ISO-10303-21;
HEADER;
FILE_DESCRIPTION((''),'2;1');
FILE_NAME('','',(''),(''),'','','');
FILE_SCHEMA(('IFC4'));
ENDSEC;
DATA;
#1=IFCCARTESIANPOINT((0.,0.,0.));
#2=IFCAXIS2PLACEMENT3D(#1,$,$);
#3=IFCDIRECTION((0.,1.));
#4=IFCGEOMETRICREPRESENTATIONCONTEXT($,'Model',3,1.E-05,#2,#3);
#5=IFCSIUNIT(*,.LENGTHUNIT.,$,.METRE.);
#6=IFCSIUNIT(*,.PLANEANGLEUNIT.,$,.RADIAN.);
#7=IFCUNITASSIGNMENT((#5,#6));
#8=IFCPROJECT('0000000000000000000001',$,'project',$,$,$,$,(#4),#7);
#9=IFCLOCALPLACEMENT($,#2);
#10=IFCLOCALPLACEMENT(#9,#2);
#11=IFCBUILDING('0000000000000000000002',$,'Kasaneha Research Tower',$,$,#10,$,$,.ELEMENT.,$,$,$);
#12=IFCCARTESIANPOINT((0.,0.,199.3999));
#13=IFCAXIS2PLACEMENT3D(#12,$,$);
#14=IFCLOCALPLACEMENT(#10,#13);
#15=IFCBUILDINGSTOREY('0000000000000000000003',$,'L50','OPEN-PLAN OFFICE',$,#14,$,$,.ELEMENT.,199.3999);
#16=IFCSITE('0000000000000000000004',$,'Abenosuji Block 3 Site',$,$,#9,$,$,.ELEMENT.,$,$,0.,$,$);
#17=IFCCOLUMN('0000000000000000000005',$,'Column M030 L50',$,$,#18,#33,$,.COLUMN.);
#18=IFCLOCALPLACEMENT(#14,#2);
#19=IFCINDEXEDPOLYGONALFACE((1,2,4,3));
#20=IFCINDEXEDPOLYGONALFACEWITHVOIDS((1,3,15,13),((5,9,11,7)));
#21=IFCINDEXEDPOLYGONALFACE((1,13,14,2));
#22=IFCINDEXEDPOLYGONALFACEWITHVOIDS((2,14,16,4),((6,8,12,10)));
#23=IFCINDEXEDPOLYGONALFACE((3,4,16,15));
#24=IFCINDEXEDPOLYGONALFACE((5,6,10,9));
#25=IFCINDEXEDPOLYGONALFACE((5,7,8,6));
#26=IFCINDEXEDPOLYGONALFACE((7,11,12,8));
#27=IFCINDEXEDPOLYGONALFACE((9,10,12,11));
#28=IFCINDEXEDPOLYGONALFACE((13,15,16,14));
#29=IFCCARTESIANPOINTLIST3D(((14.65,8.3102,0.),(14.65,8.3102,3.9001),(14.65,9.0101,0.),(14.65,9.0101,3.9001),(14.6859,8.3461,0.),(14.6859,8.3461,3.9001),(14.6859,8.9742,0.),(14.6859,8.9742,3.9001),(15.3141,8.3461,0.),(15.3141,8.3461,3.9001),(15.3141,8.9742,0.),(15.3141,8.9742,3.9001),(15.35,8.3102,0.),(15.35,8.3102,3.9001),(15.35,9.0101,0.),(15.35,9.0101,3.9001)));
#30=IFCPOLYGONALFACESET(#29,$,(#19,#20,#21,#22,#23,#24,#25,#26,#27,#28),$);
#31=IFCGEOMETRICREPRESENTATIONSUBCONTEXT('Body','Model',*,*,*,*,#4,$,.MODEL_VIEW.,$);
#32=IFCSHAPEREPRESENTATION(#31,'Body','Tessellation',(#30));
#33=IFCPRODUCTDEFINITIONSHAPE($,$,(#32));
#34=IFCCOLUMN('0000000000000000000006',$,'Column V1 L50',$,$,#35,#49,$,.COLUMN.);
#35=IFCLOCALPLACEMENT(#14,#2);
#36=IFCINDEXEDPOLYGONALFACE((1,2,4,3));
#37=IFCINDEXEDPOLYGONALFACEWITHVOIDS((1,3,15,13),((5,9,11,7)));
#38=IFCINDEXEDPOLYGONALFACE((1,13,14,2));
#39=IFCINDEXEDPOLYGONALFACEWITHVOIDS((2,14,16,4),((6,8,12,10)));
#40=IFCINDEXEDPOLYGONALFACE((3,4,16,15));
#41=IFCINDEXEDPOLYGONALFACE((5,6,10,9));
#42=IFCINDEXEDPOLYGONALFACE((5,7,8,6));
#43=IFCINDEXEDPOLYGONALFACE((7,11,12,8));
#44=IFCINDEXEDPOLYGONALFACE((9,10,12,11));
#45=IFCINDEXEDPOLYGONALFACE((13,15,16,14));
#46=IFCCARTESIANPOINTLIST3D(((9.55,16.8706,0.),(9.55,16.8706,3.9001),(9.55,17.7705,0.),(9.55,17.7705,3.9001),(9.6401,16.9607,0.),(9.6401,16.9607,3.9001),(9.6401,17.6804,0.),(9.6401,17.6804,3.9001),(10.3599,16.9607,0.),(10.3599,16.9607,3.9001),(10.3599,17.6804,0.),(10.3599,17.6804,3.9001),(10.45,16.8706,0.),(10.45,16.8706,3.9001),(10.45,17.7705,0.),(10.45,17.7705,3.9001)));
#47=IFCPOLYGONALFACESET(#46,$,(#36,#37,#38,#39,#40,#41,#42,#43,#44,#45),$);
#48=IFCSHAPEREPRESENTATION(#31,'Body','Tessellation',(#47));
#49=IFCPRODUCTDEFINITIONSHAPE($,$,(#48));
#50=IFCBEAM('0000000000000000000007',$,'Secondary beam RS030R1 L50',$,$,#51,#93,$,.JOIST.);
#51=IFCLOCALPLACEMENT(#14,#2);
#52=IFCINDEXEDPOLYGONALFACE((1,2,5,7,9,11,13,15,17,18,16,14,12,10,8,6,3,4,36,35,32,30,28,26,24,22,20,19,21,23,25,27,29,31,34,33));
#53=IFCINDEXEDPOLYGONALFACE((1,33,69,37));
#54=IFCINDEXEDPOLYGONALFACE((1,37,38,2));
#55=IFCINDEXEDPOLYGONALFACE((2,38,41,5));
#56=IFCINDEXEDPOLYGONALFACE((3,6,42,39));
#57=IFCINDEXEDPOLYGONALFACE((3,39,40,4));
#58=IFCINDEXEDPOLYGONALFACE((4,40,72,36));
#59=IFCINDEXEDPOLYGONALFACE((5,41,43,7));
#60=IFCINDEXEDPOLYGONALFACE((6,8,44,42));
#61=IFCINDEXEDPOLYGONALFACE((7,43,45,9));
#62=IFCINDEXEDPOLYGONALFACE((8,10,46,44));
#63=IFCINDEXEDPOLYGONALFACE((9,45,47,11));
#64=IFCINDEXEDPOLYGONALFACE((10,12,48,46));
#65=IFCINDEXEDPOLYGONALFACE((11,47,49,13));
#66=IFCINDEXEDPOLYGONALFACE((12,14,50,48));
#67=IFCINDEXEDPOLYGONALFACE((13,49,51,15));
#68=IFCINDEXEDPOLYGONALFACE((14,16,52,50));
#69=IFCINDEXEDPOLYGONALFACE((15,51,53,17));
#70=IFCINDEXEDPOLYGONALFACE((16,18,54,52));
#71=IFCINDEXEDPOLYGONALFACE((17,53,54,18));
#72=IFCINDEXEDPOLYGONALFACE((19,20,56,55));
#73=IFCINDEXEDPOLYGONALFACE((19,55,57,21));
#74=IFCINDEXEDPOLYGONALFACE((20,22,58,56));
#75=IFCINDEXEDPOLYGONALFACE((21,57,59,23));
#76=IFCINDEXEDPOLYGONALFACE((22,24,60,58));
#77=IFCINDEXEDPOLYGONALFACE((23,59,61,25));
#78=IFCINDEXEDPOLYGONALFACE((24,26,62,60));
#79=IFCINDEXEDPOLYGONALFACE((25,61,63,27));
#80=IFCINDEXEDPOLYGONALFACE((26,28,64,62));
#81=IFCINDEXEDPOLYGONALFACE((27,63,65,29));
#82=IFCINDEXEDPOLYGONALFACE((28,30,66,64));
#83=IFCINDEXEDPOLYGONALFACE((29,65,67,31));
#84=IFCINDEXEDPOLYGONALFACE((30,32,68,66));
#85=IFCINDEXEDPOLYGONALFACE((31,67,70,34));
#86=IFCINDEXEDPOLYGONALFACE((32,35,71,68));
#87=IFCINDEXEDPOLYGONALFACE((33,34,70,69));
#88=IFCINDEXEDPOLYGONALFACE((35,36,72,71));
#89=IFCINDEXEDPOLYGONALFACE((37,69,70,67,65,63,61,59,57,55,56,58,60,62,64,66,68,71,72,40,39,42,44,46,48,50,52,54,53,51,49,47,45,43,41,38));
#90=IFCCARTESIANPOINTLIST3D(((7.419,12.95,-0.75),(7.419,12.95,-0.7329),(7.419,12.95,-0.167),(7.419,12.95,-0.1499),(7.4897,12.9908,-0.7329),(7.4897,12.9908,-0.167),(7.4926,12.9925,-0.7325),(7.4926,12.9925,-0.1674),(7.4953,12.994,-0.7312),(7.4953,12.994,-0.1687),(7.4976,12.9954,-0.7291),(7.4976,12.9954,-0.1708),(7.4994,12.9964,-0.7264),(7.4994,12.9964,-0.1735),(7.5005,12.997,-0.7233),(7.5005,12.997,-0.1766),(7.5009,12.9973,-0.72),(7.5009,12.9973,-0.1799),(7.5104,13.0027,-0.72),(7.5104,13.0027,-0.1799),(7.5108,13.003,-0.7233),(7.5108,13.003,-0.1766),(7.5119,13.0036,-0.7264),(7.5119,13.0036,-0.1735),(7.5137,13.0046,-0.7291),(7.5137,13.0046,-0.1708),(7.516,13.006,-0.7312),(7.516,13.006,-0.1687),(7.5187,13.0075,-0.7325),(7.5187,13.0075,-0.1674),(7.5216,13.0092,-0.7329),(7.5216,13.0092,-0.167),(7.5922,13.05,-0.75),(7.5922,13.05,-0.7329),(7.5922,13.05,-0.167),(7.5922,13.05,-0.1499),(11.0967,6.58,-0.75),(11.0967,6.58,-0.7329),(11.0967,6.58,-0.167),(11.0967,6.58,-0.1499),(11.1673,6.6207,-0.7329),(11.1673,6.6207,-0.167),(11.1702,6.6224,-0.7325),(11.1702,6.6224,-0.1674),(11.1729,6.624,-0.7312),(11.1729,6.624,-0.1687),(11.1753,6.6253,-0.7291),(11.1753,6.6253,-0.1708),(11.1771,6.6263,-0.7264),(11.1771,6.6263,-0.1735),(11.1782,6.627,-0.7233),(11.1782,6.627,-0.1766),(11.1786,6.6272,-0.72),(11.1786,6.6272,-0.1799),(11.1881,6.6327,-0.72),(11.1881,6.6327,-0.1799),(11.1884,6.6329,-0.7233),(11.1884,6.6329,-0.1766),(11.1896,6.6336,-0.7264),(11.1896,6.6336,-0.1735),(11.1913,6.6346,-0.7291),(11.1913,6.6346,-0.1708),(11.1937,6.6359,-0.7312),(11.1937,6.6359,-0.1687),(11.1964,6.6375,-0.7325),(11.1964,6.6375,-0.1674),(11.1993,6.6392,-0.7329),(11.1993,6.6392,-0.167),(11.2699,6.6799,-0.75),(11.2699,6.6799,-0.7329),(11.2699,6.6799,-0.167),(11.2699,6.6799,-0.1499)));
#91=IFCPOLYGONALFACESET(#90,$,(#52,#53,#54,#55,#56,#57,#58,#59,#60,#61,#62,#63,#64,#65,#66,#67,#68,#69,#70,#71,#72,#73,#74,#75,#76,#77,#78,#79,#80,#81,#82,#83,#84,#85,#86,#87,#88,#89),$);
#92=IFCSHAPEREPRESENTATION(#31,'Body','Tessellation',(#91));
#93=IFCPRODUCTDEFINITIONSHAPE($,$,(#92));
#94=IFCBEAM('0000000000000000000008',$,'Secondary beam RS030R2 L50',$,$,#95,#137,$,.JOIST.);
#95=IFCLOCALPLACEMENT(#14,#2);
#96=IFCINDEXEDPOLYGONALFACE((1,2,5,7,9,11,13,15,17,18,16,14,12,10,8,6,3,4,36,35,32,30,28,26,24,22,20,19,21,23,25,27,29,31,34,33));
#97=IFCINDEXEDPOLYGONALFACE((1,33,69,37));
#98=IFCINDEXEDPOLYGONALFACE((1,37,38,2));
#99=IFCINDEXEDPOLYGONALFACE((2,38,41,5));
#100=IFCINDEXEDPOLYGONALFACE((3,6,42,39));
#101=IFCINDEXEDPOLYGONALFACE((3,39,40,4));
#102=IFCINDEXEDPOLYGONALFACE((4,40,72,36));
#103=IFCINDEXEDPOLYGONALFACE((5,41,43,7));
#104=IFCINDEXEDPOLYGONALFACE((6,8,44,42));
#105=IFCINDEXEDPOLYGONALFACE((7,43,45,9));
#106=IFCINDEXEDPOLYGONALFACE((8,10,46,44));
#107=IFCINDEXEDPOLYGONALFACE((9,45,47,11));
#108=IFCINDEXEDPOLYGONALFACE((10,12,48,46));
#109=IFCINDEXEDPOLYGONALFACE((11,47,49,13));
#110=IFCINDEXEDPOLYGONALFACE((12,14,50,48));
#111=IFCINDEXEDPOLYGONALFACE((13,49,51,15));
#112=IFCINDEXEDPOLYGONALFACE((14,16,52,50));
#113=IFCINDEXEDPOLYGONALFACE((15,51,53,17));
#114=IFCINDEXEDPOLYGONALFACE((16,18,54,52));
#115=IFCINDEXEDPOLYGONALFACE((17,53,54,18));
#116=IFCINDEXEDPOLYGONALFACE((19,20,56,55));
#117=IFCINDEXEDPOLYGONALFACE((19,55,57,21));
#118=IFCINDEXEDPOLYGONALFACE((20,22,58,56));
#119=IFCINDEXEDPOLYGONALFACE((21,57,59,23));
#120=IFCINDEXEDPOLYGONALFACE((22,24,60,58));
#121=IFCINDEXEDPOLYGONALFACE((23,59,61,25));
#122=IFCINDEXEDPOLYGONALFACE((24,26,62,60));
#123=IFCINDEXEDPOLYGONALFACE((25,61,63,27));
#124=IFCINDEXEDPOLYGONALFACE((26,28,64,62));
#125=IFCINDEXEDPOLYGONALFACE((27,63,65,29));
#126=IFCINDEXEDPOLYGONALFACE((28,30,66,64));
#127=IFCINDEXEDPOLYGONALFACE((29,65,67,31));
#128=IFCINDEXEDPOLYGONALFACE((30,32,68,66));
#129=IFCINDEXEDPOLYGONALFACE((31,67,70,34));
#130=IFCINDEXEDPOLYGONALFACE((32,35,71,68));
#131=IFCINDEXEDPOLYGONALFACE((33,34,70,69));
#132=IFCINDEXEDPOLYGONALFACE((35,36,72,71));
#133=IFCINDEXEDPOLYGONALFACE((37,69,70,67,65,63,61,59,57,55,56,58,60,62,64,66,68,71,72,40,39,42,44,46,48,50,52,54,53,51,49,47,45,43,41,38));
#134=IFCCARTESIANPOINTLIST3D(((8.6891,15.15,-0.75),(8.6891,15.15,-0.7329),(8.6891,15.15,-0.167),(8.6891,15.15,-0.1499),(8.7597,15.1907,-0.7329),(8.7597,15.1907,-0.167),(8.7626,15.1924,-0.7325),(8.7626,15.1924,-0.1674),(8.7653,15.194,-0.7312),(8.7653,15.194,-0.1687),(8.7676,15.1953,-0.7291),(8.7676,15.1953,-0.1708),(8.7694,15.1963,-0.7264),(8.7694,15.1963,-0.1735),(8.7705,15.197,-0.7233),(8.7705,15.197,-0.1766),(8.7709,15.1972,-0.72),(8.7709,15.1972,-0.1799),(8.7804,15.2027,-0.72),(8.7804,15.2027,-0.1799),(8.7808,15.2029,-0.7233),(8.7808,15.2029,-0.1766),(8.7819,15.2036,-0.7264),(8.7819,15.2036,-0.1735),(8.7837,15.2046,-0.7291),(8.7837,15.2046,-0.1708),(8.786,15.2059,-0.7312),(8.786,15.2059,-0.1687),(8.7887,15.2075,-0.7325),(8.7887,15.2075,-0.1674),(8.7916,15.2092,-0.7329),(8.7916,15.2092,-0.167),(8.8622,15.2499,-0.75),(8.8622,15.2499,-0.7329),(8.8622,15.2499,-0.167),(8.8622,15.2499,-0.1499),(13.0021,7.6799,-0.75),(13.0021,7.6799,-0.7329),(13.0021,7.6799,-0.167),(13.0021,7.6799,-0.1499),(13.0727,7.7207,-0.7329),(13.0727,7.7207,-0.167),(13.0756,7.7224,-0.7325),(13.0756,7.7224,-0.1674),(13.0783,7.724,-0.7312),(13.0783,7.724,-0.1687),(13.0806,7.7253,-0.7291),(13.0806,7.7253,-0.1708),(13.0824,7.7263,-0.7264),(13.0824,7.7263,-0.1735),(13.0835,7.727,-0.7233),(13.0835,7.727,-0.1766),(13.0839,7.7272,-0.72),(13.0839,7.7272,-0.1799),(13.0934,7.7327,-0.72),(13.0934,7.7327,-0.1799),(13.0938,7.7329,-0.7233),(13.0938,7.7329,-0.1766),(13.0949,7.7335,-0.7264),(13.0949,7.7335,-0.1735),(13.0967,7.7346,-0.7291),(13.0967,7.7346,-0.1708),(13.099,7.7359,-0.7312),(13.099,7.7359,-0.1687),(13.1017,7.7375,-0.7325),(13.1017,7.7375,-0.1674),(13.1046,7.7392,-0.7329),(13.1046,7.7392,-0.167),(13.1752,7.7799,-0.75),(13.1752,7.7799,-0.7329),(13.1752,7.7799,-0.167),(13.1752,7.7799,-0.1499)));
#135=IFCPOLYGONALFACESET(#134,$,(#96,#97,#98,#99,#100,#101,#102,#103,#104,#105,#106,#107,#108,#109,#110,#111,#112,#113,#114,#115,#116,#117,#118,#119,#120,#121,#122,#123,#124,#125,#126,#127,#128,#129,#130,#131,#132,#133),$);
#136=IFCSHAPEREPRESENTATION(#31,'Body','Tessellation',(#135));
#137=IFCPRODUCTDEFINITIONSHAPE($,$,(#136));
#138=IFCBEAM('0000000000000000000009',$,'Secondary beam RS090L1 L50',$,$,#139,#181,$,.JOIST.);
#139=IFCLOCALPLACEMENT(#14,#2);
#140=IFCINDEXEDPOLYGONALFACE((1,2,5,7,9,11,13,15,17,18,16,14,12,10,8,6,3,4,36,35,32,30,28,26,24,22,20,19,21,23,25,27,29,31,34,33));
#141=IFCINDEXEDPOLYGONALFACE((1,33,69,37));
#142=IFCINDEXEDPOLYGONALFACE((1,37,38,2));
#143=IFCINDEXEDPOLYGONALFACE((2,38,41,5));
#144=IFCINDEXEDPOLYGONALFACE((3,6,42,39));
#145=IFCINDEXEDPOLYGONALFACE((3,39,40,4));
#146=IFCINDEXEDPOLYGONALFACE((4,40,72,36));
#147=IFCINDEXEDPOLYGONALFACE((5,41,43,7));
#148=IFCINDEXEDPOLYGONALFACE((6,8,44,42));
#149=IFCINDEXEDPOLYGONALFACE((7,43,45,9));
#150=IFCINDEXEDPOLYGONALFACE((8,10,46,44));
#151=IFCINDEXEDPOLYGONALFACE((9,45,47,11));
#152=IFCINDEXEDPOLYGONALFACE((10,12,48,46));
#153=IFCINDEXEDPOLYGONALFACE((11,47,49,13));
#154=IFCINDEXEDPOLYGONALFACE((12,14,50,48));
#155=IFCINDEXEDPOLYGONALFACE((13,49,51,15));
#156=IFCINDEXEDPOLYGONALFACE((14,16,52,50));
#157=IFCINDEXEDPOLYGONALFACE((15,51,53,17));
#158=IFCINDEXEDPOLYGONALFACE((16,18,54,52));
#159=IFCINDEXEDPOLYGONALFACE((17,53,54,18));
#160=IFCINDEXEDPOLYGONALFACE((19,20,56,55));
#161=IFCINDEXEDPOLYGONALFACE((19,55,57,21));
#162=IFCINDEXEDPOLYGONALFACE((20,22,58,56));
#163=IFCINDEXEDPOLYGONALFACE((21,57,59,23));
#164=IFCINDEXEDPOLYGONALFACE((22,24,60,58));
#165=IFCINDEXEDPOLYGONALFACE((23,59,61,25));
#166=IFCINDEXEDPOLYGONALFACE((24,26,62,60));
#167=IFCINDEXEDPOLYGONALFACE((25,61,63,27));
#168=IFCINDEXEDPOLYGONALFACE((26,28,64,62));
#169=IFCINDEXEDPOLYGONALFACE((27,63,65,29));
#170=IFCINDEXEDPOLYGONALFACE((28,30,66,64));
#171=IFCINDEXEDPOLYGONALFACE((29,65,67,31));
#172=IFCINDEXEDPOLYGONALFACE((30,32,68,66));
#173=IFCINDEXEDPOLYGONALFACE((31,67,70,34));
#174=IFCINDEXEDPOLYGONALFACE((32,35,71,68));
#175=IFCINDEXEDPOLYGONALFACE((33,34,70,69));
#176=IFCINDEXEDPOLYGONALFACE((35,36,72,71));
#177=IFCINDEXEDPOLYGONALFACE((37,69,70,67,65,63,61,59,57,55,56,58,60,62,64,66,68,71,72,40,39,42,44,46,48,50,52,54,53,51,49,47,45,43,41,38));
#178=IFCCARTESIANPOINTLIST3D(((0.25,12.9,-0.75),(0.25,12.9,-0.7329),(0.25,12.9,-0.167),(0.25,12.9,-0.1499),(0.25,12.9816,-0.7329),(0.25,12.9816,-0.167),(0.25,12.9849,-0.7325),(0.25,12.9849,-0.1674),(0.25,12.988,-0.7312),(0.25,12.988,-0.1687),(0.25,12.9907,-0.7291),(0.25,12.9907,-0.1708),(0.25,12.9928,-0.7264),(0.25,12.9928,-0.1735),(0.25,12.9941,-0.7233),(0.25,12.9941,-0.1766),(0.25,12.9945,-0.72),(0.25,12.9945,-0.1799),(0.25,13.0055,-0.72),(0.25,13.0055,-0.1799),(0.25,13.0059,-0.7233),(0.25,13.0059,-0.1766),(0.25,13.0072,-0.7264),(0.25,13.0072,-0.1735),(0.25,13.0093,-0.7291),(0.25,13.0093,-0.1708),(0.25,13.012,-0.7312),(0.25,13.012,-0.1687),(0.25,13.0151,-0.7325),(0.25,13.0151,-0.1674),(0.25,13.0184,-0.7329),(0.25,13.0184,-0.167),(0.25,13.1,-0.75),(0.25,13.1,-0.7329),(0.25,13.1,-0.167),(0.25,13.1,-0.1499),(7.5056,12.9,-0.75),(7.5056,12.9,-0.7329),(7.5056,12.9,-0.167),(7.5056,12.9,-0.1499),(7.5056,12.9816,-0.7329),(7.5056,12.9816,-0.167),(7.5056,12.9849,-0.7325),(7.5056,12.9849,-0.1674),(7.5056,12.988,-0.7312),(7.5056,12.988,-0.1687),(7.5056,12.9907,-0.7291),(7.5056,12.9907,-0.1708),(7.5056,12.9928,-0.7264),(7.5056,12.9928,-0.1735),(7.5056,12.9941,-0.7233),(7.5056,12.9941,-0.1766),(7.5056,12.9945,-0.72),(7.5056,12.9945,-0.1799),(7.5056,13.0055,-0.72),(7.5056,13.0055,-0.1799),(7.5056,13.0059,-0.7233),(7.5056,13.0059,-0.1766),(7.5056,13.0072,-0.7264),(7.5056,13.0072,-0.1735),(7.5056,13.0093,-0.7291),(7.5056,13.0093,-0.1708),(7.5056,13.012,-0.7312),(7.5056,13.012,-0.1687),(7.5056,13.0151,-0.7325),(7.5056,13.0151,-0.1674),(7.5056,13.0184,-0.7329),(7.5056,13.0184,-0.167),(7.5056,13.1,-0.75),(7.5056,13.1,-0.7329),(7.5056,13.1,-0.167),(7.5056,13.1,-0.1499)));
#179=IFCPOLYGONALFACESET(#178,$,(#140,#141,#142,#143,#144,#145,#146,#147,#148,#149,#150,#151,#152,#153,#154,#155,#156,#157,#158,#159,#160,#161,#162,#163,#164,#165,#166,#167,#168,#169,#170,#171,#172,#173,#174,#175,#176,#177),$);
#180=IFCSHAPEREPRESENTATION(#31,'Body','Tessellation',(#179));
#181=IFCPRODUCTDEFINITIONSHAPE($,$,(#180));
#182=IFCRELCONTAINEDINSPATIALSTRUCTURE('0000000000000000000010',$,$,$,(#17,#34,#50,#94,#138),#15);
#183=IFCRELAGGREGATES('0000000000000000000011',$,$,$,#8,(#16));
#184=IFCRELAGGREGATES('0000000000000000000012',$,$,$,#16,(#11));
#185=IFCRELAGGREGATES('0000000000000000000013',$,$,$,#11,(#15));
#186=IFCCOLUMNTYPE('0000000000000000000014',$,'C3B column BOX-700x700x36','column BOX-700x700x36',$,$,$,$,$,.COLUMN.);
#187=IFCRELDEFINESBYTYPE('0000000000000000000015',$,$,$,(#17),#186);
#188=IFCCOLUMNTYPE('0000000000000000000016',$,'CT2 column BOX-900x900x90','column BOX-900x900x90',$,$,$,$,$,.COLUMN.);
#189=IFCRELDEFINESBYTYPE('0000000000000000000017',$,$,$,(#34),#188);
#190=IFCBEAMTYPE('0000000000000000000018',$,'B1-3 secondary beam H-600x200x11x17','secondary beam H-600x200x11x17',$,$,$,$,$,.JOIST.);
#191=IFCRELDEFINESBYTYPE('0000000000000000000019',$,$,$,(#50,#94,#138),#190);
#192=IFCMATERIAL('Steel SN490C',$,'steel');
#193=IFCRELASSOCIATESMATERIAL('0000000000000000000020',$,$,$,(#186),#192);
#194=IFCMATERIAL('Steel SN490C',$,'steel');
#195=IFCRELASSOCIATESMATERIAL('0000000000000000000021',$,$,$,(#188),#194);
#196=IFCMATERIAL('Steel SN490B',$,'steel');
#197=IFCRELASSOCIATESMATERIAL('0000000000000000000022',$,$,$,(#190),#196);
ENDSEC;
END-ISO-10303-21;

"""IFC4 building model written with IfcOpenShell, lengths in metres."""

from ifc_helpers import new_model, si_unit, direction, frame, origin, origin_2d, place, context, subcontext, project, spatial, hollow_rectangle, i_section, extrude, material, material_profile, profile_set, type_object, element, save


model = new_model("IFC4")

# Units and contexts
model_context = context("Model", 3, precision=1e-05, world=origin(), true_north=direction((0.0, 1.0)))
body_context = subcontext(model_context, "Body", "Model", "MODEL_VIEW")
ifc_project = project(units=[si_unit("LENGTHUNIT", "METRE"), si_unit("PLANEANGLEUNIT", "RADIAN")], contexts=[model_context])

# Site, building, storey
site_placement = place(None, origin())
site = spatial("IfcSite", under=ifc_project, at=site_placement, Name="Abenosuji Block 3 Site", CompositionType="ELEMENT", RefElevation=0.0)
building_placement = place(site_placement, origin())
building = spatial("IfcBuilding", under=site, at=building_placement, Name="Kasaneha Research Tower", CompositionType="ELEMENT")
storey_placement = place(building_placement, frame((0.0, 0.0, 199.3999)))
storey = spatial("IfcBuildingStorey", under=building, at=storey_placement, Name="L50", Description="OPEN-PLAN OFFICE", CompositionType="ELEMENT", Elevation=199.3999)

# Columns
ifc_material_1 = material(Name="Steel SN490C", Category="steel")
ifc_material_profile_1 = material_profile(ifc_material_1, hollow_rectangle(XDim=0.7, YDim=0.7, WallThickness=0.0359, at=origin_2d()), Name="BOX-700x700x36")
ifc_profile_set_1 = profile_set([ifc_material_profile_1], Name="Steel SN490C")
column_type_1 = type_object("IfcColumnType", Name="C3B column BOX-700x700x36", Description="column BOX-700x700x36", PredefinedType="COLUMN", material=ifc_profile_set_1)
column_1_placement = place(storey_placement, frame((15.0, 8.6602, 0.0), z_axis=(0.0, 0.0, 1.0), x_axis=(1.0, 0.0, 0.0)))
element("IfcColumn", 1, at=column_1_placement, inside=storey, type_object=column_type_1, Name="Column M030 L50", PredefinedType="COLUMN", context=body_context, shape_type="SweptSolid", body=[
    extrude(hollow_rectangle(XDim=0.7, YDim=0.7, WallThickness=0.0359, at=origin_2d()), origin(), (0.0, 0.0, 1.0), 3.9001),
])
ifc_material_2 = material(Name="Steel SN490C", Category="steel")
ifc_material_profile_2 = material_profile(ifc_material_2, hollow_rectangle(XDim=0.8999, YDim=0.8999, WallThickness=0.0901, at=origin_2d()), Name="BOX-900x900x90")
ifc_profile_set_2 = profile_set([ifc_material_profile_2], Name="Steel SN490C")
column_type_2 = type_object("IfcColumnType", Name="CT2 column BOX-900x900x90", Description="column BOX-900x900x90", PredefinedType="COLUMN", material=ifc_profile_set_2)
column_2_placement = place(storey_placement, frame((10.0, 17.3206, 0.0), z_axis=(0.0, 0.0, 1.0), x_axis=(1.0, 0.0, 0.0)))
element("IfcColumn", 2, at=column_2_placement, inside=storey, type_object=column_type_2, Name="Column V1 L50", PredefinedType="COLUMN", context=body_context, shape_type="SweptSolid", body=[
    extrude(hollow_rectangle(XDim=0.8999, YDim=0.8999, WallThickness=0.0901, at=origin_2d()), origin(), (0.0, 0.0, 1.0), 3.9001),
])

# Beams
ifc_material_3 = material(Name="Steel SN490B", Category="steel")
ifc_material_profile_3 = material_profile(ifc_material_3, i_section(OverallWidth=0.2, OverallDepth=0.6001, WebThickness=0.011, FlangeThickness=0.0171, FilletRadius=0.0129, at=origin_2d()), Name="H-600x200x11x17")
ifc_profile_set_3 = profile_set([ifc_material_profile_3], Name="Steel SN490B")
beam_type_1 = type_object("IfcBeamType", Name="B1-3 secondary beam H-600x200x11x17", Description="secondary beam H-600x200x11x17", PredefinedType="JOIST", material=ifc_profile_set_3)
beam_1_placement = place(storey_placement, frame((7.5056, 13.0, -0.45), z_axis=(0.499994, -0.866029, 0.0), x_axis=(0.866029, 0.499994, 0.0)))
element("IfcBeam", 3, at=beam_1_placement, inside=storey, type_object=beam_type_1, Name="Secondary beam RS030R1 L50", PredefinedType="JOIST", context=body_context, shape_type="SweptSolid", body=[
    extrude(i_section(OverallWidth=0.2, OverallDepth=0.6001, WebThickness=0.011, FlangeThickness=0.0171, FilletRadius=0.0129, at=origin_2d()), origin(), (0.0, 0.0, 1.0), 7.3555),
])
beam_2_placement = place(storey_placement, frame((8.7756, 15.2, -0.45), z_axis=(0.500017, -0.866015, 0.0), x_axis=(0.866015, 0.500017, 0.0)))
element("IfcBeam", 4, at=beam_2_placement, inside=storey, type_object=beam_type_1, Name="Secondary beam RS030R2 L50", PredefinedType="JOIST", context=body_context, shape_type="SweptSolid", body=[
    extrude(i_section(OverallWidth=0.2, OverallDepth=0.6001, WebThickness=0.011, FlangeThickness=0.0171, FilletRadius=0.0129, at=origin_2d()), origin(), (0.0, 0.0, 1.0), 8.6257),
])
beam_3_placement = place(storey_placement, frame((7.5056, 13.0, -0.45), z_axis=(-1.0, 0.0, 0.0), x_axis=(0.0, -1.0, 0.0)))
element("IfcBeam", 5, at=beam_3_placement, inside=storey, type_object=beam_type_1, Name="Secondary beam RS090L1 L50", PredefinedType="JOIST", context=body_context, shape_type="SweptSolid", body=[
    extrude(i_section(OverallWidth=0.2, OverallDepth=0.6001, WebThickness=0.011, FlangeThickness=0.0171, FilletRadius=0.0129, at=origin_2d()), origin(), (0.0, 0.0, 1.0), 7.2556),
])

save(model, "model.ifc")
